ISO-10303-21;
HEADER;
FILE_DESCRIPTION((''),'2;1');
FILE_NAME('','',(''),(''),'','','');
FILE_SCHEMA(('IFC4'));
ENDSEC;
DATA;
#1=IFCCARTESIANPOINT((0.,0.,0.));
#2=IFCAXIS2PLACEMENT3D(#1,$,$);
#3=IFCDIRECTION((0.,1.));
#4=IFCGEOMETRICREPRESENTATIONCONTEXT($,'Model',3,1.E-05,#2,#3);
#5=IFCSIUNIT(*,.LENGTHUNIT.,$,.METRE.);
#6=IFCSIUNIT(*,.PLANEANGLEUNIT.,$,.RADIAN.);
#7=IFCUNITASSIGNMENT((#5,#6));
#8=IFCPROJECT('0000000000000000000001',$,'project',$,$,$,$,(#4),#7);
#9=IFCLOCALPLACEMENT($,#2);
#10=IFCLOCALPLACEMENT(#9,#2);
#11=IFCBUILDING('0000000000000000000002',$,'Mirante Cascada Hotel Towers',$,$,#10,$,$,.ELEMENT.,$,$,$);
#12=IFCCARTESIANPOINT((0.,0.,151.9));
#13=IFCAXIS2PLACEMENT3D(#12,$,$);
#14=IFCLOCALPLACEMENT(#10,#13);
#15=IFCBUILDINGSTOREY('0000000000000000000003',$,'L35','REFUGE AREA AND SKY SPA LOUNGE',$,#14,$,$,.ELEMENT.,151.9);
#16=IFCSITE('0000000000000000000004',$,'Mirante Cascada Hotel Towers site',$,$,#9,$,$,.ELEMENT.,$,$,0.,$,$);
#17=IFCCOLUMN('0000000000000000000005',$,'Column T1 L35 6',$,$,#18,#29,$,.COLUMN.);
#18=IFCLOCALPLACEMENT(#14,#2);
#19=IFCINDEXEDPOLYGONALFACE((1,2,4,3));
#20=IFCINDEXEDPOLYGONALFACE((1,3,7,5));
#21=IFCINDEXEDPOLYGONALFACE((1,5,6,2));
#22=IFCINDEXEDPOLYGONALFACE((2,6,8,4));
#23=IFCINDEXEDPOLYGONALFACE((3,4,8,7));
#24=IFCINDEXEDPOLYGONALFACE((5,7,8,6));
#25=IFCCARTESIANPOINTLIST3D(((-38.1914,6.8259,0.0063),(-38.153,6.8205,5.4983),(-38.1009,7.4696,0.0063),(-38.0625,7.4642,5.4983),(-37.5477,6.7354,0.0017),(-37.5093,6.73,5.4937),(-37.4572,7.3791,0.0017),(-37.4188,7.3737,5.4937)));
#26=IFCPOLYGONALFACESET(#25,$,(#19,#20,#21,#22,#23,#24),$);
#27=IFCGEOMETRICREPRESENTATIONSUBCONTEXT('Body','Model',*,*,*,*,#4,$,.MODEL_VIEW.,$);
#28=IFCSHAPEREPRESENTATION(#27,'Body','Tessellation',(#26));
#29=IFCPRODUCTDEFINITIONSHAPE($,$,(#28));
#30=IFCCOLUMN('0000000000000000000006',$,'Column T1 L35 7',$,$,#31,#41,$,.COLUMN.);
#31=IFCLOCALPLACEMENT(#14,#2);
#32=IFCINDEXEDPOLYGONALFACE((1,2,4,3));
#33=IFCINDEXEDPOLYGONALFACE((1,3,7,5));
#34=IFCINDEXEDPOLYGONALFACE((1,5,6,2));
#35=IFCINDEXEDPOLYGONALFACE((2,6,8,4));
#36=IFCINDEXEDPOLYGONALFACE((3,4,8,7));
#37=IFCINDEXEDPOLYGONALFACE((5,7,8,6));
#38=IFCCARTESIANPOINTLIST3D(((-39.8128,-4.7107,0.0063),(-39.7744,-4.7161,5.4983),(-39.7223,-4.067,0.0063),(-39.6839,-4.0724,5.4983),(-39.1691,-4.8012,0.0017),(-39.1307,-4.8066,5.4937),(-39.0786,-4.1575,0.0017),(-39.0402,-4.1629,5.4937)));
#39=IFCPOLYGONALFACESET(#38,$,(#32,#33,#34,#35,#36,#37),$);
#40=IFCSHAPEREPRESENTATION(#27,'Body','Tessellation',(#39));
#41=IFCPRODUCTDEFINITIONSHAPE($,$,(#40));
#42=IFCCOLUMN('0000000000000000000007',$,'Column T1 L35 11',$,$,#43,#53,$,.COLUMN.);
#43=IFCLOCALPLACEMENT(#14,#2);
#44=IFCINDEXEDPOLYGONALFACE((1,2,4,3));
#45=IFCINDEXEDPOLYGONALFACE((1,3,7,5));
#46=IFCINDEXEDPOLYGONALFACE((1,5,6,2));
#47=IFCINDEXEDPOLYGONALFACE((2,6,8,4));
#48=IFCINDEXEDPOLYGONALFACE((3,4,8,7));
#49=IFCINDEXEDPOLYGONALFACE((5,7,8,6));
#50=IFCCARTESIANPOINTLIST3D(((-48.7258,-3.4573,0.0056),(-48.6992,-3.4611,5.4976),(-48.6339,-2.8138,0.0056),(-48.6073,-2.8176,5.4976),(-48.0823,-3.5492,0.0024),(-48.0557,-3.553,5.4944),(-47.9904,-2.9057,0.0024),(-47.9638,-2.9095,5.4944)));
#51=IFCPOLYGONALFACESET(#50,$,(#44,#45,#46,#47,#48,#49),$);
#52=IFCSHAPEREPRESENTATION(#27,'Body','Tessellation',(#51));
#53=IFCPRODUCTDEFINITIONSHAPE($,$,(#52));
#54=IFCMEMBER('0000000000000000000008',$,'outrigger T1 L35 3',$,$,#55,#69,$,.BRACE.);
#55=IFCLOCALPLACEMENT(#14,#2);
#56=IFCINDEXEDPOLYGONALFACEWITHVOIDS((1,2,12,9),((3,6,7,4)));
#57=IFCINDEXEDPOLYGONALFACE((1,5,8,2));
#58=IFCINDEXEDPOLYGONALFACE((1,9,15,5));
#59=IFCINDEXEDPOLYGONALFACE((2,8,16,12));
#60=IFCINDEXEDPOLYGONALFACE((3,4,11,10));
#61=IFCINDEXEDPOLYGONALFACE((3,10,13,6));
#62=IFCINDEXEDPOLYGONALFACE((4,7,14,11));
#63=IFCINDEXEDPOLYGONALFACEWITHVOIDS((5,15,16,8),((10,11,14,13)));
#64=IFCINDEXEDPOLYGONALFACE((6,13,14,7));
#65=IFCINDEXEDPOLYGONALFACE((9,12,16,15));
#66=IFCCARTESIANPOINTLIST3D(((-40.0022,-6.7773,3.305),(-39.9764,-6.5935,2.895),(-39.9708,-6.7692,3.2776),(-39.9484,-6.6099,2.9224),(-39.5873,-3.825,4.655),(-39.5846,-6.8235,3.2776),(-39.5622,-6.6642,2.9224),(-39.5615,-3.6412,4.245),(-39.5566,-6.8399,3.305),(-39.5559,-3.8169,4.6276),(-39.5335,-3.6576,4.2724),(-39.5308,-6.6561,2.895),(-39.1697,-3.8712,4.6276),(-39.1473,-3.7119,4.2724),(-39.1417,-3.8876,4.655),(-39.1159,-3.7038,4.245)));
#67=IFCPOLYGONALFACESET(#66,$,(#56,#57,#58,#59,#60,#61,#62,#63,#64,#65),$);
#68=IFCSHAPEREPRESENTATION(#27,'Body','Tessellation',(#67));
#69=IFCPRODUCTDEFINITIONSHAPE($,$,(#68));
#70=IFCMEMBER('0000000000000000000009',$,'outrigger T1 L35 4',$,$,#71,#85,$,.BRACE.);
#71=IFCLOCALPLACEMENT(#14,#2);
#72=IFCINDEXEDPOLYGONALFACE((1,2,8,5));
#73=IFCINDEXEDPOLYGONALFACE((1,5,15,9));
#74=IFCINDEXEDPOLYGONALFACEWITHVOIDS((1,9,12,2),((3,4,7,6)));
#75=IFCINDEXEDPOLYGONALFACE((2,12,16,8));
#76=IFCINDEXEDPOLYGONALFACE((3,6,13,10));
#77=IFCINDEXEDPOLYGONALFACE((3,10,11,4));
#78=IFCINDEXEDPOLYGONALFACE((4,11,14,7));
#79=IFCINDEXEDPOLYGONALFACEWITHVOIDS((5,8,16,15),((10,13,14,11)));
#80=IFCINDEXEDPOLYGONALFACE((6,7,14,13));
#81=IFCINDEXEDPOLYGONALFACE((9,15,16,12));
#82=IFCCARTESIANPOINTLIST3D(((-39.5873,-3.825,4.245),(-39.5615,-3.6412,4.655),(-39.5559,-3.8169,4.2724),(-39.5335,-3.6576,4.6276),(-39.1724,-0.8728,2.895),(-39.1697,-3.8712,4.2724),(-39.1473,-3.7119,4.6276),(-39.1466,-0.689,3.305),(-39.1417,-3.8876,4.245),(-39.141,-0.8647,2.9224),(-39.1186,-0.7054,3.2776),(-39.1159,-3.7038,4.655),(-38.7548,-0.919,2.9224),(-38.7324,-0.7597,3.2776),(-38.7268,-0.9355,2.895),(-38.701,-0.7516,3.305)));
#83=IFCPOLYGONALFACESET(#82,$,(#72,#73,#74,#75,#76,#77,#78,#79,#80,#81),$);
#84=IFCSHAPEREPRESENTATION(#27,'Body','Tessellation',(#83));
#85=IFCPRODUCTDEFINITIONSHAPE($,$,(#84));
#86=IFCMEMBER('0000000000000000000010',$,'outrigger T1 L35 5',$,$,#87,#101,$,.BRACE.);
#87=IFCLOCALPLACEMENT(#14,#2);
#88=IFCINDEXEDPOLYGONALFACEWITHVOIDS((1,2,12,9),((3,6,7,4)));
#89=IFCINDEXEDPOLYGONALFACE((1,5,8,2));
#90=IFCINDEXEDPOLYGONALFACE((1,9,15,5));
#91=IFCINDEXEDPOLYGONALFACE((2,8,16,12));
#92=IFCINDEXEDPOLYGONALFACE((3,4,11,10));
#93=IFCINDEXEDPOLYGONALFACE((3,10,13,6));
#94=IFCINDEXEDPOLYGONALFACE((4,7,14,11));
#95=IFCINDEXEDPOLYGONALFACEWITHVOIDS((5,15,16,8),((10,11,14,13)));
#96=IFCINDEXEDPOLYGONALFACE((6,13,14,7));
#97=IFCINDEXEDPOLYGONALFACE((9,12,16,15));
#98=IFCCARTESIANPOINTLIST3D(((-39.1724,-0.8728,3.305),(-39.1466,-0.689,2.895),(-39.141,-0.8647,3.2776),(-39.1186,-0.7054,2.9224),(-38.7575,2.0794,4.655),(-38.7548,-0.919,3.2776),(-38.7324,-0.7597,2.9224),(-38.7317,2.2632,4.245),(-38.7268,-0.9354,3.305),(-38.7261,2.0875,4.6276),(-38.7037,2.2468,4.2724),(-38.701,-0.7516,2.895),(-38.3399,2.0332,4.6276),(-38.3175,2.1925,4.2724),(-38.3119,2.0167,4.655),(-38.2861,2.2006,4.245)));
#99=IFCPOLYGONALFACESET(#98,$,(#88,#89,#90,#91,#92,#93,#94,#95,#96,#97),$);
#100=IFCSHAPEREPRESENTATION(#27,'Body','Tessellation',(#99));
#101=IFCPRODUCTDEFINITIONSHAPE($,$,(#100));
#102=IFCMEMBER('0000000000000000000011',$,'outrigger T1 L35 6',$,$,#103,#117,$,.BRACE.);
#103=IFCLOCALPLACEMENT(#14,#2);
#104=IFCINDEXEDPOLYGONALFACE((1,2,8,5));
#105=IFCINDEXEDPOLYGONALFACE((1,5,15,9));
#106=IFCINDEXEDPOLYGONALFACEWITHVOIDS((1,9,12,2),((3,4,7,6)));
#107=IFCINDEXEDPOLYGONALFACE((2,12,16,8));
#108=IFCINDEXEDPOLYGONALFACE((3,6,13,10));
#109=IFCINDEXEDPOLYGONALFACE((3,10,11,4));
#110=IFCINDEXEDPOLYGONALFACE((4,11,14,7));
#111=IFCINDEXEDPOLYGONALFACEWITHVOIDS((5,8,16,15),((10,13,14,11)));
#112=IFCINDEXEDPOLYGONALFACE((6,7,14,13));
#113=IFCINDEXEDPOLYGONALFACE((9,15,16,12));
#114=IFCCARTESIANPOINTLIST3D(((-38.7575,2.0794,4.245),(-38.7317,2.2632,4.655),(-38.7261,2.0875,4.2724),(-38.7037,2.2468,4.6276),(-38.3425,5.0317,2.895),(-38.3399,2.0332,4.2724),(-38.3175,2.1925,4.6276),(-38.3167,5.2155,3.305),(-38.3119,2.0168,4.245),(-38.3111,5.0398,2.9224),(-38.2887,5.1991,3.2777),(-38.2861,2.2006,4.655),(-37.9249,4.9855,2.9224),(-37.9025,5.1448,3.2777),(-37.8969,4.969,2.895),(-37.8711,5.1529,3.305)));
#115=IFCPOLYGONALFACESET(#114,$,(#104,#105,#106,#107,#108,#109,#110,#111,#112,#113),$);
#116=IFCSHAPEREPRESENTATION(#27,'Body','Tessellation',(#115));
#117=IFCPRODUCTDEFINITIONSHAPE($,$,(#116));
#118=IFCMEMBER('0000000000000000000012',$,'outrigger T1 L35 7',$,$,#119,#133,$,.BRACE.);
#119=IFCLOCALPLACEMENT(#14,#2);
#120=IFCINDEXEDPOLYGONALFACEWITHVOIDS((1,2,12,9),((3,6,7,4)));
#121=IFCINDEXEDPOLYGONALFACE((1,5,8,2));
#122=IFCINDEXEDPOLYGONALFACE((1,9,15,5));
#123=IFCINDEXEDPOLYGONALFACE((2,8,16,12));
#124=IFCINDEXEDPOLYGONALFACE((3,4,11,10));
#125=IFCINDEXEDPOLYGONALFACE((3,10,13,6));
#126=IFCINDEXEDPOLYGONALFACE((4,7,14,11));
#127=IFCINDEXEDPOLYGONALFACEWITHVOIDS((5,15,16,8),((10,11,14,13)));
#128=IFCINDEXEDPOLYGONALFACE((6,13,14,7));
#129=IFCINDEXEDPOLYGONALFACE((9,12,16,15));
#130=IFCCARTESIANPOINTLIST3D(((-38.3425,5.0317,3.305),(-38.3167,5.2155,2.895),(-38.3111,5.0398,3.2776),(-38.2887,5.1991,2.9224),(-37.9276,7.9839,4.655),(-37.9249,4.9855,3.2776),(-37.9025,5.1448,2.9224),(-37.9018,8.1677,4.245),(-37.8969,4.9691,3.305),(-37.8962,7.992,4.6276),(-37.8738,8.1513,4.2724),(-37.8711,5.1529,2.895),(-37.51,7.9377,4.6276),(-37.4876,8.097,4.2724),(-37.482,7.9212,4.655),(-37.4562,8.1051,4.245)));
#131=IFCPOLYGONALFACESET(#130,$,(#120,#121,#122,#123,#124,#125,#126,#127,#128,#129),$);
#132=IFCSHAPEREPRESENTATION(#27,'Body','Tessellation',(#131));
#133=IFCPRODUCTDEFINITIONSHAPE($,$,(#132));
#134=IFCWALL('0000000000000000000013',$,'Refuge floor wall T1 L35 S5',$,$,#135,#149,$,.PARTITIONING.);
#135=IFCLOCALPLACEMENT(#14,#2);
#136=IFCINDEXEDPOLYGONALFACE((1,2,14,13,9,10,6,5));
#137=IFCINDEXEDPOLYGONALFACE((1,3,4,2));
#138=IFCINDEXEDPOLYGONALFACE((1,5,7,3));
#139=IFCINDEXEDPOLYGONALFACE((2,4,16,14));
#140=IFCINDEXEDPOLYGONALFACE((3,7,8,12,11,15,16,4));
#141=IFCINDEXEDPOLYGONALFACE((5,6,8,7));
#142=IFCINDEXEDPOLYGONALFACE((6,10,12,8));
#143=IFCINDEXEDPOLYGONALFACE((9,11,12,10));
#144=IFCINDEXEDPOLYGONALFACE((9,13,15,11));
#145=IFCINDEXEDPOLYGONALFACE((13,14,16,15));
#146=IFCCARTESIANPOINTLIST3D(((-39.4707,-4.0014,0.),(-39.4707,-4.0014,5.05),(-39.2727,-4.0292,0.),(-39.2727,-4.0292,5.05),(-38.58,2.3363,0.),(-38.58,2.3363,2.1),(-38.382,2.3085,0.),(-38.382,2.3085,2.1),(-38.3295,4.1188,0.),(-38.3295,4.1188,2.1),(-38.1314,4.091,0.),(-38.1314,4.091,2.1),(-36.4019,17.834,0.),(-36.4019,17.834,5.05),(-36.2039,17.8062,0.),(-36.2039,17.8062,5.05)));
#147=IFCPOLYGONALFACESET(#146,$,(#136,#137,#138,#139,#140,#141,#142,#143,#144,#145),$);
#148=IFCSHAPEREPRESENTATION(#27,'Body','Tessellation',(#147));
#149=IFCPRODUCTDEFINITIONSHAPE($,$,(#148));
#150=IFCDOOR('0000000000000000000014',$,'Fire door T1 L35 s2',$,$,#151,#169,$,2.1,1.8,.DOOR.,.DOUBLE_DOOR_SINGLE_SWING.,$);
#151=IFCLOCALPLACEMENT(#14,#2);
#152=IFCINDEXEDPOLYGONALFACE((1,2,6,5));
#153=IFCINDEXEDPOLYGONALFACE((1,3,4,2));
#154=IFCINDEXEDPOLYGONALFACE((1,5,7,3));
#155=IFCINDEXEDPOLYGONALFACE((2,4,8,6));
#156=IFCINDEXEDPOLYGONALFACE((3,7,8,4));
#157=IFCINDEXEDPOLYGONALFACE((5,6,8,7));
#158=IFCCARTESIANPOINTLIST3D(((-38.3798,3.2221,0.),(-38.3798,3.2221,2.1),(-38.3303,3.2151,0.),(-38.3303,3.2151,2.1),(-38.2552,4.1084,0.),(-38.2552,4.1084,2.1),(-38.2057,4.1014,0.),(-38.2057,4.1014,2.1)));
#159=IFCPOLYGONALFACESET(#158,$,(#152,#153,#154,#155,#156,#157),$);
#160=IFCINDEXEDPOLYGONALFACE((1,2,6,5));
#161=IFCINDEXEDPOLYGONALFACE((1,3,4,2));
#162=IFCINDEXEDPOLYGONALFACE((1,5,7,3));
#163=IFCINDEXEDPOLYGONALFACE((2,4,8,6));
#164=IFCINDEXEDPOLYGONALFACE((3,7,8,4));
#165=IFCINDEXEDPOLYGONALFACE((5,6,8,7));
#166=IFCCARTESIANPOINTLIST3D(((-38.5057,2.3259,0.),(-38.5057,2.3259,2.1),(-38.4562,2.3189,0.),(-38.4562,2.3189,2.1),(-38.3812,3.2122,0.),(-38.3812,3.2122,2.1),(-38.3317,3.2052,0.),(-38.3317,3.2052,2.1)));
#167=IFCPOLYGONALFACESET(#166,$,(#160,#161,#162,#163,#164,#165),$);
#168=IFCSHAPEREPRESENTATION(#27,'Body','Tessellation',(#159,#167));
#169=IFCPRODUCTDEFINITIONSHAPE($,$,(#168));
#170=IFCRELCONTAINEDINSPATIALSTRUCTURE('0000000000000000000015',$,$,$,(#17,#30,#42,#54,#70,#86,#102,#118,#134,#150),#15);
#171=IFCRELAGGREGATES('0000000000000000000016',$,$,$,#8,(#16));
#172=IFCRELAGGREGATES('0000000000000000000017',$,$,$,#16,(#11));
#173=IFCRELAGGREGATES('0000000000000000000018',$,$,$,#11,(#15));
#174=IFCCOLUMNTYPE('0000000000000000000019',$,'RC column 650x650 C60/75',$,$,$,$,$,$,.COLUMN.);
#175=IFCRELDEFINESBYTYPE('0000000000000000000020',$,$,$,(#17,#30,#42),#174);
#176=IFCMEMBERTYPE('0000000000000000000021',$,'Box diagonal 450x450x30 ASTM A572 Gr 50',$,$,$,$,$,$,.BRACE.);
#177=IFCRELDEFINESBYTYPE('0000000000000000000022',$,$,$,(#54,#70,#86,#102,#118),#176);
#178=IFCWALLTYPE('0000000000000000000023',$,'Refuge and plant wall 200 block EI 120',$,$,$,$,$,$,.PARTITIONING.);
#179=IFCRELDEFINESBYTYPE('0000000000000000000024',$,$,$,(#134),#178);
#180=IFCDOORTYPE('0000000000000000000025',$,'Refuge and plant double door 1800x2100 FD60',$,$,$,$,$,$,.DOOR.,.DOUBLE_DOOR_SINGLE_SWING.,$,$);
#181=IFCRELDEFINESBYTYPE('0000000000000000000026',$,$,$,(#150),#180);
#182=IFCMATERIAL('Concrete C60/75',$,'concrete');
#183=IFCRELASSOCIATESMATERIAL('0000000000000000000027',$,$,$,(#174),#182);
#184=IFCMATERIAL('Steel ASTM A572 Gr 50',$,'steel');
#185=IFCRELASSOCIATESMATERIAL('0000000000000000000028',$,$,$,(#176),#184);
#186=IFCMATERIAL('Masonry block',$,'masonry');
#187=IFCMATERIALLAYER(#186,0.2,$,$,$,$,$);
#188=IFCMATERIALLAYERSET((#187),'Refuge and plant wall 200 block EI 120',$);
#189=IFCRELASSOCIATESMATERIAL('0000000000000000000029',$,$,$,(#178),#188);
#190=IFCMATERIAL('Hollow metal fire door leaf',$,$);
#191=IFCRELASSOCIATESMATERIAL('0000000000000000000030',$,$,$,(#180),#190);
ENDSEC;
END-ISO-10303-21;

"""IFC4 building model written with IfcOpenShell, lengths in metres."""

from ifc_helpers import new_model, si_unit, direction, frame, frame_2d, origin, origin_2d, place, context, subcontext, project, spatial, rectangle, hollow_rectangle, extrude, material, layer, layer_set, material_profile, profile_set, type_object, element, fill, save


model = new_model("IFC4")

# Units and contexts
model_context = context("Model", 3, precision=1e-05, world=origin(), true_north=direction((0.0, 1.0)))
body_context = subcontext(model_context, "Body", "Model", "MODEL_VIEW")
ifc_project = project(units=[si_unit("LENGTHUNIT", "METRE"), si_unit("PLANEANGLEUNIT", "RADIAN")], contexts=[model_context])

# Site, building, storey
site_placement = place(None, origin())
site = spatial("IfcSite", under=ifc_project, at=site_placement, Name="Mirante Cascada Hotel Towers site", CompositionType="ELEMENT", RefElevation=0.0)
building_placement = place(site_placement, origin())
building = spatial("IfcBuilding", under=site, at=building_placement, Name="Mirante Cascada Hotel Towers", CompositionType="ELEMENT")
storey_placement = place(building_placement, frame((0.0, 0.0, 151.9)))
storey = spatial("IfcBuildingStorey", under=building, at=storey_placement, Name="L35", Description="REFUGE AREA AND SKY SPA LOUNGE", CompositionType="ELEMENT", Elevation=151.9)

# Columns
ifc_material_1 = material(Name="Concrete C60/75", Category="concrete")
ifc_material_profile_1 = material_profile(ifc_material_1, rectangle(XDim=0.65, YDim=0.65, at=origin_2d()), Name="RC column 650x650 C60/75")
ifc_profile_set_1 = profile_set([ifc_material_profile_1], Name="Concrete C60/75")
column_type = type_object("IfcColumnType", Name="RC column 650x650 C60/75", PredefinedType="COLUMN", material=ifc_profile_set_1)
for number, where, z_axis, x_axis, name in (
    (1, (-37.8243, 7.1025, 0.004), (0.006992, -0.000983, 0.999975), (0.139255, 0.990257, 0.0), "Column T1 L35 6"),
    (2, (-39.4457, -4.4341, 0.004), (0.006992, -0.000983, 0.999975), (0.139255, 0.990257, 0.0), "Column T1 L35 7"),
    (3, (-48.3581, -3.1815, 0.004), (0.004843, -0.000692, 0.999988), (0.141421, 0.98995, 0.0), "Column T1 L35 11"),
):
    element("IfcColumn", number, at=place(storey_placement, frame(where, z_axis=z_axis, x_axis=x_axis)), inside=storey, type_object=column_type, Name=name, PredefinedType="COLUMN", context=body_context, shape_type="SweptSolid", body=[
        extrude(rectangle(XDim=0.65, YDim=0.65, at=origin_2d()), origin(), (0.0, 0.0, 1.0), 5.4921),
    ])

# Members
ifc_material_2 = material(Name="Steel ASTM A572 Gr 50", Category="steel")
ifc_material_profile_2 = material_profile(ifc_material_2, hollow_rectangle(XDim=0.45, YDim=0.45, WallThickness=0.03, at=origin_2d()), Name="Box diagonal 450x450x30 ASTM A572 Gr 50")
ifc_profile_set_2 = profile_set([ifc_material_profile_2], Name="Steel ASTM A572 Gr 50")
member_type = type_object("IfcMemberType", Name="Box diagonal 450x450x30 ASTM A572 Gr 50", PredefinedType="BRACE", material=ifc_profile_set_2)
member_1_placement = place(storey_placement, frame((-39.7665, -6.7167, 3.1), z_axis=(0.126775, 0.902093, 0.4125), x_axis=(-0.990269, 0.139167, 0.0)))
element("IfcMember", 4, at=member_1_placement, inside=storey, type_object=member_type, Name="outrigger T1 L35 3", PredefinedType="BRACE", context=body_context, shape_type="SweptSolid", body=[
    extrude(hollow_rectangle(XDim=0.45, YDim=0.45, WallThickness=0.03, at=origin_2d()), origin(), (0.0, 0.0, 1.0), 3.2727),
])
for number, where, z_axis, x_axis, name in (
    (5, (-39.3516, -3.7644, 4.45), (0.126779, 0.902087, -0.412512), (-0.990268, 0.139172, 0.0), "outrigger T1 L35 4"),
    (6, (-38.9367, -0.8122, 3.1), (0.126779, 0.902087, 0.412512), (-0.990268, 0.139172, 0.0), "outrigger T1 L35 5"),
):
    element("IfcMember", number, at=place(storey_placement, frame(where, z_axis=z_axis, x_axis=x_axis)), inside=storey, type_object=member_type, Name=name, PredefinedType="BRACE", context=body_context, shape_type="SweptSolid", body=[
        extrude(hollow_rectangle(XDim=0.45, YDim=0.45, WallThickness=0.03, at=origin_2d()), origin(), (0.0, 0.0, 1.0), 3.2726),
    ])
member_2_placement = place(storey_placement, frame((-38.5218, 2.14, 4.45), z_axis=(0.126805, 0.902089, -0.412499), x_axis=(-0.990264, 0.1392, 0.0)))
element("IfcMember", 7, at=member_2_placement, inside=storey, type_object=member_type, Name="outrigger T1 L35 6", PredefinedType="BRACE", context=body_context, shape_type="SweptSolid", body=[
    extrude(hollow_rectangle(XDim=0.45, YDim=0.45, WallThickness=0.03, at=origin_2d()), origin(), (0.0, 0.0, 1.0), 3.2727),
])
member_3_placement = place(storey_placement, frame((-38.1068, 5.0923, 3.1), z_axis=(0.126779, 0.902087, 0.412512), x_axis=(-0.990268, 0.139172, 0.0)))
element("IfcMember", 8, at=member_3_placement, inside=storey, type_object=member_type, Name="outrigger T1 L35 7", PredefinedType="BRACE", context=body_context, shape_type="SweptSolid", body=[
    extrude(hollow_rectangle(XDim=0.45, YDim=0.45, WallThickness=0.03, at=origin_2d()), origin(), (0.0, 0.0, 1.0), 3.2726),
])

# Wall, opening, door
ifc_material_3 = material(Name="Masonry block", Category="masonry")
ifc_layer = layer(ifc_material_3, 0.2)
ifc_layer_set = layer_set([ifc_layer], Name="Refuge and plant wall 200 block EI 120")
wall_type = type_object("IfcWallType", Name="Refuge and plant wall 200 block EI 120", PredefinedType="PARTITIONING", material=ifc_layer_set)
wall_1_placement = place(storey_placement, frame((-39.3717, -4.0153, 0.0), z_axis=(0.0, 0.0, 1.0), x_axis=(0.139175, 0.990268, 0.0)))
wall_1 = element("IfcWall", 9, at=wall_1_placement, inside=storey, type_object=wall_type, Name="Refuge floor wall T1 L35 S5", PredefinedType="PARTITIONING", context=body_context, shape_type="SweptSolid", body=[
    extrude(rectangle(XDim=22.05, YDim=0.2, at=frame_2d((11.025, 0.0))), origin(), (0.0, 0.0, 1.0), 5.05),
])
opening_1_placement = place(wall_1_placement, frame((6.4, 0.0, 0.0)))
opening_1 = element("IfcOpeningElement", 10, at=opening_1_placement, cuts=wall_1, PredefinedType="OPENING", context=body_context, shape_type="SweptSolid", body=[
    extrude(rectangle(XDim=1.8, YDim=2.1, at=frame_2d((0.9, 1.05))), frame((0.0, 0.1, 0.0), z_axis=(0.0, -1.0, 0.0), x_axis=(1.0, 0.0, 0.0)), (0.0, 0.0, 1.0), 0.2),
])
ifc_material_4 = material(Name="Hollow metal fire door leaf")
door_type = type_object("IfcDoorType", Name="Refuge and plant double door 1800x2100 FD60", OperationType="DOUBLE_DOOR_SINGLE_SWING", PredefinedType="DOOR", material=ifc_material_4)
door_1_placement = place(opening_1_placement, frame((1.8, 0.0, 0.0), z_axis=(0.0, 0.0, 1.0), x_axis=(-1.0, 0.0, 0.0)))
door_1 = element("IfcDoor", 11, at=door_1_placement, inside=storey, type_object=door_type, Name="Fire door T1 L35 s2", OperationType="DOUBLE_DOOR_SINGLE_SWING", OverallHeight=2.1, OverallWidth=1.8, PredefinedType="DOOR", context=body_context, shape_type="SweptSolid", body=[
    extrude(rectangle(XDim=0.895, YDim=2.1, at=frame_2d((0.4475, 1.05))), frame((0.0, 0.025, 0.0), z_axis=(0.0, -1.0, 0.0), x_axis=(1.0, 0.0, 0.0)), (0.0, 0.0, 1.0), 0.05),
    extrude(rectangle(XDim=0.895, YDim=2.1, at=frame_2d((1.3525, 1.05))), frame((0.0, 0.025, 0.0), z_axis=(0.0, -1.0, 0.0), x_axis=(1.0, 0.0, 0.0)), (0.0, 0.0, 1.0), 0.05),
])
fill(opening_1, door_1)

save(model, "model.ifc")
